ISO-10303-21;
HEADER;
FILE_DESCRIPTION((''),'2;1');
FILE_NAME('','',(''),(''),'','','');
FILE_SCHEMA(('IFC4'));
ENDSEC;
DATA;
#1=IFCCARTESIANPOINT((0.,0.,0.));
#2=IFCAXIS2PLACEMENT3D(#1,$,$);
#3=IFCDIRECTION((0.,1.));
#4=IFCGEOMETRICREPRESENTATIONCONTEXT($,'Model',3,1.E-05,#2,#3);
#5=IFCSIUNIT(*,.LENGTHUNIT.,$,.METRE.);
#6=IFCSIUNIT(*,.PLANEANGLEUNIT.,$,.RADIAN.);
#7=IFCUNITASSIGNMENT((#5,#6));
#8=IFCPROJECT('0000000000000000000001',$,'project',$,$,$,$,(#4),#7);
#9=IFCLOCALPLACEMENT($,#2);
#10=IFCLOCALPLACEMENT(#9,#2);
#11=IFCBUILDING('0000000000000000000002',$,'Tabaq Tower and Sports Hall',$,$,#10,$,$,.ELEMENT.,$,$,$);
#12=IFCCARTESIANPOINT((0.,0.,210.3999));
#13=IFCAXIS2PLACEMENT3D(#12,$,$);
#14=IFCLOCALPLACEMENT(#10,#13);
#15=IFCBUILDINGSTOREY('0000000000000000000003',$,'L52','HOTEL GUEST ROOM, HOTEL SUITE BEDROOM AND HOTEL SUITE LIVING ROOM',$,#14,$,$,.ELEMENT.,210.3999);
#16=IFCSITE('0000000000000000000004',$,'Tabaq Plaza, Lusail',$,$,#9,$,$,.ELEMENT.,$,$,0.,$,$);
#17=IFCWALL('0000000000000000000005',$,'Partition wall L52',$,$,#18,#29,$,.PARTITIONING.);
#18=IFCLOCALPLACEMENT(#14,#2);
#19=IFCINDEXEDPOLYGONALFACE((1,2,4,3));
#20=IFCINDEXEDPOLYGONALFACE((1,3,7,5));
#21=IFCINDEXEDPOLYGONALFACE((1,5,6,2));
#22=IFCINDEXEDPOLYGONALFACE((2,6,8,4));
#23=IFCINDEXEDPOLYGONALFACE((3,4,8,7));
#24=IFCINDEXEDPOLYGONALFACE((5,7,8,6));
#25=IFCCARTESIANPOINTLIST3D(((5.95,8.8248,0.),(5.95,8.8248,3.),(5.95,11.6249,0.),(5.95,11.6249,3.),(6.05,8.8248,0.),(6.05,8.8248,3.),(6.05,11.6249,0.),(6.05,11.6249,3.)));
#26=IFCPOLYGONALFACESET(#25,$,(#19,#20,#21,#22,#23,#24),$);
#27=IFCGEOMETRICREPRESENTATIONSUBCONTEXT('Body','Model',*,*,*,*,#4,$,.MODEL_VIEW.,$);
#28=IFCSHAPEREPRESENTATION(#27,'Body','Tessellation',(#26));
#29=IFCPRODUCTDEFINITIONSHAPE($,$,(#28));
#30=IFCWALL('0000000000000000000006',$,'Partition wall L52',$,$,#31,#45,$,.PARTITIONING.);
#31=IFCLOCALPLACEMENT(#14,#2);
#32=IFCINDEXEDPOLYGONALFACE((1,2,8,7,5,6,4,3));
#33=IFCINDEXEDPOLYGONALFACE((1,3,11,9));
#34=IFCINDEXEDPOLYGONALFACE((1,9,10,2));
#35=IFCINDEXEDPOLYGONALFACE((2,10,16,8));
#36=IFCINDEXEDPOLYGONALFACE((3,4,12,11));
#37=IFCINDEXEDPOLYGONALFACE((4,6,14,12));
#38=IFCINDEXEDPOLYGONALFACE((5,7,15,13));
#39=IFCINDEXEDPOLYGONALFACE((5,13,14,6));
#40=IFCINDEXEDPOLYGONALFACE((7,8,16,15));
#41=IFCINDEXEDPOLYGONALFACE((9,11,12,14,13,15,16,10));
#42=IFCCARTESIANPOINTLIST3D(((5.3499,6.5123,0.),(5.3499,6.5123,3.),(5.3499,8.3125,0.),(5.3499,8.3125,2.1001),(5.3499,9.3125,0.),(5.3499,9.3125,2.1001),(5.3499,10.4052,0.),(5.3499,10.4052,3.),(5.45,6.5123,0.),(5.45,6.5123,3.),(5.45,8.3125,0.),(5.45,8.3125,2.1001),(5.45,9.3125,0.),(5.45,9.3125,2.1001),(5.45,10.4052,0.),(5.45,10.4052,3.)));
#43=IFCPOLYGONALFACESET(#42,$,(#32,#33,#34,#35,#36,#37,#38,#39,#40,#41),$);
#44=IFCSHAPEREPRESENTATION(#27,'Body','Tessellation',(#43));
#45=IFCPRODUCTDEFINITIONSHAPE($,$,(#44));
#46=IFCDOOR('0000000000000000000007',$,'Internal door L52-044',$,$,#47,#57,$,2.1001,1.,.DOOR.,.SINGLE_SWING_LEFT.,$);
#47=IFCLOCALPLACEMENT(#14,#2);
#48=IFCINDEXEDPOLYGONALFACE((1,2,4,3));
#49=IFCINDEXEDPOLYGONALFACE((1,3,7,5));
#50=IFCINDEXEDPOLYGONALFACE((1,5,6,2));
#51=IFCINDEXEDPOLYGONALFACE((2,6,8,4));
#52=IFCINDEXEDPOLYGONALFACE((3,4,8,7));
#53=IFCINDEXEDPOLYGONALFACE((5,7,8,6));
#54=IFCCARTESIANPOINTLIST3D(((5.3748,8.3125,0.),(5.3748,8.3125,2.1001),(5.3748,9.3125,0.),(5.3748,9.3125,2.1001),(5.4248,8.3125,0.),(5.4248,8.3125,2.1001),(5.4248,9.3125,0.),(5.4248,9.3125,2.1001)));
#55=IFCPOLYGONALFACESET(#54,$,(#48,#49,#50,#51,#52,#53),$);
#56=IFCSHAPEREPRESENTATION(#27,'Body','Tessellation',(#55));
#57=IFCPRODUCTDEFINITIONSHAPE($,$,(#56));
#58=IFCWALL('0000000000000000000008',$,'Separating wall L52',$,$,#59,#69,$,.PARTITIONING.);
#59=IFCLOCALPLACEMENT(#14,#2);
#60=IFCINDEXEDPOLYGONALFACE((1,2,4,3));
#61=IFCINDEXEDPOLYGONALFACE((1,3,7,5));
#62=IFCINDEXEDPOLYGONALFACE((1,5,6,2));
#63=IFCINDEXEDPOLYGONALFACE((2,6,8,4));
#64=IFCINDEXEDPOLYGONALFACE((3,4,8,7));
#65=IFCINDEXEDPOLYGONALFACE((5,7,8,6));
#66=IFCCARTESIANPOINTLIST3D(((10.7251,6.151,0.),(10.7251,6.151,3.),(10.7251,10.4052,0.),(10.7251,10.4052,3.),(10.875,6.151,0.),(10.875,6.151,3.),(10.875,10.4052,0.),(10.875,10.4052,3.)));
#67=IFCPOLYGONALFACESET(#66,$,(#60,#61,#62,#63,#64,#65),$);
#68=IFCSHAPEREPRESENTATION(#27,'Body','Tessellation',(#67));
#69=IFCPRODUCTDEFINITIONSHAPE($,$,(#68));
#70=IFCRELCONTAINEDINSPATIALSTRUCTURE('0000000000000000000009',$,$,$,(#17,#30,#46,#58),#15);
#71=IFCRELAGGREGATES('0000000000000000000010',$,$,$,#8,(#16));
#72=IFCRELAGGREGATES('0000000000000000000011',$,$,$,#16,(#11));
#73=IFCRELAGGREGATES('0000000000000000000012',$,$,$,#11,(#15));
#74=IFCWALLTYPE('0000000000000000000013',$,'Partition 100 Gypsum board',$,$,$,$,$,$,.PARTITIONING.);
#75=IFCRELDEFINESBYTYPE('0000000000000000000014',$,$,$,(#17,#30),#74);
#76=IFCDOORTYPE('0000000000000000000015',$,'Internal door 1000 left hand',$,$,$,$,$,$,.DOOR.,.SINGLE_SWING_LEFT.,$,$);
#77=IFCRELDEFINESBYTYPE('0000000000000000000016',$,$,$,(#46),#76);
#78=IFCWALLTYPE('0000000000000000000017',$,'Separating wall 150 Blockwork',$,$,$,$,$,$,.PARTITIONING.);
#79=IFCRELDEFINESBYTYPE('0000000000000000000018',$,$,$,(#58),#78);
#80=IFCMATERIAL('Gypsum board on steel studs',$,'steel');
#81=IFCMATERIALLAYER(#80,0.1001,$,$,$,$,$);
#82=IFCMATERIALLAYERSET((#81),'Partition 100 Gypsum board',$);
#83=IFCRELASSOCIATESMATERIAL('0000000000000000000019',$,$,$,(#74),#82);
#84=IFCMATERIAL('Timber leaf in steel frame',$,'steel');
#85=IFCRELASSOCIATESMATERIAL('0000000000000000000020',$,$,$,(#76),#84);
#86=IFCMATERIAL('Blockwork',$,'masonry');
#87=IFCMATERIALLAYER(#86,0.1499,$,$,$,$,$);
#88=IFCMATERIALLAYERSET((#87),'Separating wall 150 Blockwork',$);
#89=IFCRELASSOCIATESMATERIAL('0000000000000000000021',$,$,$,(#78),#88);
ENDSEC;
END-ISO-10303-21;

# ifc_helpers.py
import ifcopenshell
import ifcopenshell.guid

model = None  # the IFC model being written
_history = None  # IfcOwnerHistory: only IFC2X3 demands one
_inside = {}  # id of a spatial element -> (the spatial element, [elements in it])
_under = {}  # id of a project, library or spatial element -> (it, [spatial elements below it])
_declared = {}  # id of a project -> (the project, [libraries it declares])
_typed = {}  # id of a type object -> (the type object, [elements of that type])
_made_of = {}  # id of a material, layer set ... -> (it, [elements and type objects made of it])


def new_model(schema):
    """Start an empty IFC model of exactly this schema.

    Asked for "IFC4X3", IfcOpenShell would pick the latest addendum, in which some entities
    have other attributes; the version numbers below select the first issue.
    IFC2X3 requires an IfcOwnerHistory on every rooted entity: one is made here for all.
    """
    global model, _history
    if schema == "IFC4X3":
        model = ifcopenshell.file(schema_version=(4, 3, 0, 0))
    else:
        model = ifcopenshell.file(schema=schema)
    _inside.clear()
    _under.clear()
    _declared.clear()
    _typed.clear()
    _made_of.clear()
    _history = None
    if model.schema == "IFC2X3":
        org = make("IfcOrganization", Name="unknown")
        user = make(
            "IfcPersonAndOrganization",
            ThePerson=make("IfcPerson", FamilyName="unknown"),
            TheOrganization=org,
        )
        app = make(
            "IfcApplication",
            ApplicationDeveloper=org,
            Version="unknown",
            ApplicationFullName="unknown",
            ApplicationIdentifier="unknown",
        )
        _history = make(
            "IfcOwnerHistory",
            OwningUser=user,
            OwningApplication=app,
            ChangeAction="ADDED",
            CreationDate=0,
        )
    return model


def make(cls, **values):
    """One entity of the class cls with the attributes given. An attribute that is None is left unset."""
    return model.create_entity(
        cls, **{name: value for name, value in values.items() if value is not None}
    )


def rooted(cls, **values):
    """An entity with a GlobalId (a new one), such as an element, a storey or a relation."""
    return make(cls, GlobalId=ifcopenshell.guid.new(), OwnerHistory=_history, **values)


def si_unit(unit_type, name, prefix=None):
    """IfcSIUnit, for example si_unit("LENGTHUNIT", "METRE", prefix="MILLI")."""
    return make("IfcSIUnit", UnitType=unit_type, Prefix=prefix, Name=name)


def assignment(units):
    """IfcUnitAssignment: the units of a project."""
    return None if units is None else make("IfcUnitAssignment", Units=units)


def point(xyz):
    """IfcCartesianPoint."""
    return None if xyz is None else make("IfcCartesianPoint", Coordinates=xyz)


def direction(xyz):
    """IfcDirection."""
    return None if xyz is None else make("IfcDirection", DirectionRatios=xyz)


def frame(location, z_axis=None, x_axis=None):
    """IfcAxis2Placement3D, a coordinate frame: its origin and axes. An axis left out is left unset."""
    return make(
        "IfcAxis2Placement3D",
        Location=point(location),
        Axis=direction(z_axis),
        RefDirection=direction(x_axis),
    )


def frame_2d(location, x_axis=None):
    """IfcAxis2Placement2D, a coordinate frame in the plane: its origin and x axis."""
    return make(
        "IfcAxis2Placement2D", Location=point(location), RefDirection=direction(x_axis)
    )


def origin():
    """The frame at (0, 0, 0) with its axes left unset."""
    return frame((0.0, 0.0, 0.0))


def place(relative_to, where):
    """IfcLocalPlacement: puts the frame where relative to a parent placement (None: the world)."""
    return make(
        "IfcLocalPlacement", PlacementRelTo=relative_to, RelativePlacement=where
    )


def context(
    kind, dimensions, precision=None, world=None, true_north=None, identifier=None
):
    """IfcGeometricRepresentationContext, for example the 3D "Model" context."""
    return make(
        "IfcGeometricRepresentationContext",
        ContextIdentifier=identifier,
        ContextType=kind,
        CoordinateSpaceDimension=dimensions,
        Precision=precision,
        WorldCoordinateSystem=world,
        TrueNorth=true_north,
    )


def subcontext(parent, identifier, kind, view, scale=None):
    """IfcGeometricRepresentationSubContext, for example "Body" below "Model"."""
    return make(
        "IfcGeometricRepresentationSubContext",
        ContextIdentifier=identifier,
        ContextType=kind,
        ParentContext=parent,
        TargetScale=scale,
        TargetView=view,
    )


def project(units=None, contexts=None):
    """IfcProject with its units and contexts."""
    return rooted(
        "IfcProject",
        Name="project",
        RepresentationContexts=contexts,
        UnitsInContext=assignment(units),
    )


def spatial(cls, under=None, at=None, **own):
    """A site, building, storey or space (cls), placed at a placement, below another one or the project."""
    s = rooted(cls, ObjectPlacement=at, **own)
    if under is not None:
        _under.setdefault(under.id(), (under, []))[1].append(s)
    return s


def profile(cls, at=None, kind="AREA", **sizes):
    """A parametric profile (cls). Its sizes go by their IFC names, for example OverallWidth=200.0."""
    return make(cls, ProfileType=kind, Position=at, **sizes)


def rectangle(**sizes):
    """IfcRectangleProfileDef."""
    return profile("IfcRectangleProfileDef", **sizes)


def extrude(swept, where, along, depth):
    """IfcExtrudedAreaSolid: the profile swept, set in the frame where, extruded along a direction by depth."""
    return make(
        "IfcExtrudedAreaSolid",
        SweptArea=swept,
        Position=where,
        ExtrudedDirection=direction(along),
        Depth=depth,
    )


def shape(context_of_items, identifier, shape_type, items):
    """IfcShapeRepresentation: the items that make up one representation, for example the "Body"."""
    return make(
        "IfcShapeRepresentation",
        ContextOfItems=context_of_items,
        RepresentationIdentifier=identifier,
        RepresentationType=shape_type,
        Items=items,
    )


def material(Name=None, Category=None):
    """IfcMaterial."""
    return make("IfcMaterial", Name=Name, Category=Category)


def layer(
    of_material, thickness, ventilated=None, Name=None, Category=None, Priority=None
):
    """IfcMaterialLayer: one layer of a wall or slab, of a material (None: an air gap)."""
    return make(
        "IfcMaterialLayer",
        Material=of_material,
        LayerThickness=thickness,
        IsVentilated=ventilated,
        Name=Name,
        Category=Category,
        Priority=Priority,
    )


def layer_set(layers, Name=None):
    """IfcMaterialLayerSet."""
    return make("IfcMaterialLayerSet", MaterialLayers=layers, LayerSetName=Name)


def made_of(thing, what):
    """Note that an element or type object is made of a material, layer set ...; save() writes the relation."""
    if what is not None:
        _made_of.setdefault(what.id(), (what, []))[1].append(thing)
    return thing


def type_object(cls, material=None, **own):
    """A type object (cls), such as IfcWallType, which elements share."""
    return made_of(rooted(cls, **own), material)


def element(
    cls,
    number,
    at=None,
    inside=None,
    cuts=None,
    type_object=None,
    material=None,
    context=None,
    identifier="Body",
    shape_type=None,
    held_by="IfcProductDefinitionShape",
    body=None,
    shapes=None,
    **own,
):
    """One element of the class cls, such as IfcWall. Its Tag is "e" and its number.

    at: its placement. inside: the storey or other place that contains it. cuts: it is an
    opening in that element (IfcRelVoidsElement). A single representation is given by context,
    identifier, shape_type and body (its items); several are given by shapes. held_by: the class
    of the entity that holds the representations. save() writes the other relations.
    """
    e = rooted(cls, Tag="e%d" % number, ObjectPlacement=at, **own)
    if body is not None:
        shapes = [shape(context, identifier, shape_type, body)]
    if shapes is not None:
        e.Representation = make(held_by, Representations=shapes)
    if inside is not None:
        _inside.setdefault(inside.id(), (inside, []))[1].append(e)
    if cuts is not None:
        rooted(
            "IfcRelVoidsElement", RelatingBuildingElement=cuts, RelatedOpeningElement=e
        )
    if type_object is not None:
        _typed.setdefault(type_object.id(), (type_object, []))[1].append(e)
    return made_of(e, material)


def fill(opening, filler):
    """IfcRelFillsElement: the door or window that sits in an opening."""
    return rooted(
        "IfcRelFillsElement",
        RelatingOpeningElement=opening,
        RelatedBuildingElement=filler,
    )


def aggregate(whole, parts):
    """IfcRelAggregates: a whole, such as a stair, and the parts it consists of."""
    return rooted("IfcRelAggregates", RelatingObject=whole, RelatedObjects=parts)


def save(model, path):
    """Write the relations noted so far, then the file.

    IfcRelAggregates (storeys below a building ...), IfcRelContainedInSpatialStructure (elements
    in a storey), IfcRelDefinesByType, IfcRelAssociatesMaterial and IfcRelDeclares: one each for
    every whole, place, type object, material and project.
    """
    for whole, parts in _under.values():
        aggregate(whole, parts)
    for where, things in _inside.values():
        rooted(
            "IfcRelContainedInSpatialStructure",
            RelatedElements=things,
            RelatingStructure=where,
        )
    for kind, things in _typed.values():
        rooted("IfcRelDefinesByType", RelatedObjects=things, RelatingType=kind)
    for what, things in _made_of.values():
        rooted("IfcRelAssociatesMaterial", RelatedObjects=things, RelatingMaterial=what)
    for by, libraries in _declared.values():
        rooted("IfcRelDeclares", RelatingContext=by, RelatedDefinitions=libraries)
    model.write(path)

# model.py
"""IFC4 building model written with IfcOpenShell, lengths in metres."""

from ifc_helpers import new_model, si_unit, direction, frame, frame_2d, origin, place, context, subcontext, project, spatial, rectangle, extrude, material, layer, layer_set, type_object, element, fill, save


model = new_model("IFC4")

# Units and contexts
model_context = context("Model", 3, precision=1e-05, world=origin(), true_north=direction((0.0, 1.0)))
body_context = subcontext(model_context, "Body", "Model", "MODEL_VIEW")
ifc_project = project(units=[si_unit("LENGTHUNIT", "METRE"), si_unit("PLANEANGLEUNIT", "RADIAN")], contexts=[model_context])

# Site, building, storey
site_placement = place(None, origin())
site = spatial("IfcSite", under=ifc_project, at=site_placement, Name="Tabaq Plaza, Lusail", CompositionType="ELEMENT", RefElevation=0.0)
building_placement = place(site_placement, origin())
building = spatial("IfcBuilding", under=site, at=building_placement, Name="Tabaq Tower and Sports Hall", CompositionType="ELEMENT")
storey_placement = place(building_placement, frame((0.0, 0.0, 210.3999)))
storey = spatial("IfcBuildingStorey", under=building, at=storey_placement, Name="L52", Description="HOTEL GUEST ROOM, HOTEL SUITE BEDROOM AND HOTEL SUITE LIVING ROOM", CompositionType="ELEMENT", Elevation=210.3999)

# Shared definitions
ifc_material_1 = material(Name="Gypsum board on steel studs", Category="steel")
ifc_layer_1 = layer(ifc_material_1, 0.1001)
ifc_layer_set_1 = layer_set([ifc_layer_1], Name="Partition 100 Gypsum board")
wall_type_1 = type_object("IfcWallType", Name="Partition 100 Gypsum board", PredefinedType="PARTITIONING", material=ifc_layer_set_1)

# Wall
wall_1_placement = place(storey_placement, frame((6.0, 8.825, 0.0), z_axis=(0.0, 0.0, 1.0), x_axis=(0.0, 1.0, 0.0)))
element("IfcWall", 1, at=wall_1_placement, inside=storey, type_object=wall_type_1, Name="Partition wall L52", PredefinedType="PARTITIONING", context=body_context, shape_type="SweptSolid", body=[
    extrude(rectangle(XDim=2.8, YDim=0.1001, at=frame_2d((1.3999, 0.0))), origin(), (0.0, 0.0, 1.0), 3.0),
])

# Wall, opening, door
wall_2_placement = place(storey_placement, frame((5.3999, 10.405, 0.0), z_axis=(0.0, 0.0, 1.0), x_axis=(0.0, -1.0, 0.0)))
wall_2 = element("IfcWall", 2, at=wall_2_placement, inside=storey, type_object=wall_type_1, Name="Partition wall L52", PredefinedType="PARTITIONING", context=body_context, shape_type="SweptSolid", body=[
    extrude(rectangle(XDim=3.8928, YDim=0.1001, at=frame_2d((1.9463, 0.0))), origin(), (0.0, 0.0, 1.0), 3.0),
])
opening_1_placement = place(wall_2_placement, frame((1.0925, 0.0, 0.0)))
opening_1 = element("IfcOpeningElement", 3, at=opening_1_placement, cuts=wall_2, PredefinedType="OPENING", context=body_context, shape_type="SweptSolid", body=[
    extrude(rectangle(XDim=1.0, YDim=2.1001, at=frame_2d((0.5, 1.05))), frame((0.0, 0.05, 0.0), z_axis=(0.0, -1.0, 0.0), x_axis=(1.0, 0.0, 0.0)), (0.0, 0.0, 1.0), 0.1001),
])
ifc_material_2 = material(Name="Timber leaf in steel frame", Category="steel")
door_type_1 = type_object("IfcDoorType", Name="Internal door 1000 left hand", OperationType="SINGLE_SWING_LEFT", PredefinedType="DOOR", material=ifc_material_2)
door_1_placement = place(opening_1_placement, origin())
door_1 = element("IfcDoor", 4, at=door_1_placement, inside=storey, type_object=door_type_1, Name="Internal door L52-044", OperationType="SINGLE_SWING_LEFT", OverallHeight=2.1001, OverallWidth=1.0, PredefinedType="DOOR", context=body_context, shape_type="SweptSolid", body=[
    extrude(rectangle(XDim=1.0, YDim=2.1001, at=frame_2d((0.5, 1.05))), frame((0.0, 0.0249, 0.0), z_axis=(0.0, -1.0, 0.0), x_axis=(1.0, 0.0, 0.0)), (0.0, 0.0, 1.0), 0.05),
])
fill(opening_1, door_1)

# Wall
ifc_material_3 = material(Name="Blockwork", Category="masonry")
ifc_layer_2 = layer(ifc_material_3, 0.1499)
ifc_layer_set_2 = layer_set([ifc_layer_2], Name="Separating wall 150 Blockwork")
wall_type_2 = type_object("IfcWallType", Name="Separating wall 150 Blockwork", PredefinedType="PARTITIONING", material=ifc_layer_set_2)
wall_3_placement = place(storey_placement, frame((10.8, 10.405, 0.0), z_axis=(0.0, 0.0, 1.0), x_axis=(0.0, -1.0, 0.0)))
element("IfcWall", 5, at=wall_3_placement, inside=storey, type_object=wall_type_2, Name="Separating wall L52", PredefinedType="PARTITIONING", context=body_context, shape_type="SweptSolid", body=[
    extrude(rectangle(XDim=4.2542, YDim=0.1499, at=frame_2d((2.127, 0.0))), origin(), (0.0, 0.0, 1.0), 3.0),
])

save(model, "model.ifc")
